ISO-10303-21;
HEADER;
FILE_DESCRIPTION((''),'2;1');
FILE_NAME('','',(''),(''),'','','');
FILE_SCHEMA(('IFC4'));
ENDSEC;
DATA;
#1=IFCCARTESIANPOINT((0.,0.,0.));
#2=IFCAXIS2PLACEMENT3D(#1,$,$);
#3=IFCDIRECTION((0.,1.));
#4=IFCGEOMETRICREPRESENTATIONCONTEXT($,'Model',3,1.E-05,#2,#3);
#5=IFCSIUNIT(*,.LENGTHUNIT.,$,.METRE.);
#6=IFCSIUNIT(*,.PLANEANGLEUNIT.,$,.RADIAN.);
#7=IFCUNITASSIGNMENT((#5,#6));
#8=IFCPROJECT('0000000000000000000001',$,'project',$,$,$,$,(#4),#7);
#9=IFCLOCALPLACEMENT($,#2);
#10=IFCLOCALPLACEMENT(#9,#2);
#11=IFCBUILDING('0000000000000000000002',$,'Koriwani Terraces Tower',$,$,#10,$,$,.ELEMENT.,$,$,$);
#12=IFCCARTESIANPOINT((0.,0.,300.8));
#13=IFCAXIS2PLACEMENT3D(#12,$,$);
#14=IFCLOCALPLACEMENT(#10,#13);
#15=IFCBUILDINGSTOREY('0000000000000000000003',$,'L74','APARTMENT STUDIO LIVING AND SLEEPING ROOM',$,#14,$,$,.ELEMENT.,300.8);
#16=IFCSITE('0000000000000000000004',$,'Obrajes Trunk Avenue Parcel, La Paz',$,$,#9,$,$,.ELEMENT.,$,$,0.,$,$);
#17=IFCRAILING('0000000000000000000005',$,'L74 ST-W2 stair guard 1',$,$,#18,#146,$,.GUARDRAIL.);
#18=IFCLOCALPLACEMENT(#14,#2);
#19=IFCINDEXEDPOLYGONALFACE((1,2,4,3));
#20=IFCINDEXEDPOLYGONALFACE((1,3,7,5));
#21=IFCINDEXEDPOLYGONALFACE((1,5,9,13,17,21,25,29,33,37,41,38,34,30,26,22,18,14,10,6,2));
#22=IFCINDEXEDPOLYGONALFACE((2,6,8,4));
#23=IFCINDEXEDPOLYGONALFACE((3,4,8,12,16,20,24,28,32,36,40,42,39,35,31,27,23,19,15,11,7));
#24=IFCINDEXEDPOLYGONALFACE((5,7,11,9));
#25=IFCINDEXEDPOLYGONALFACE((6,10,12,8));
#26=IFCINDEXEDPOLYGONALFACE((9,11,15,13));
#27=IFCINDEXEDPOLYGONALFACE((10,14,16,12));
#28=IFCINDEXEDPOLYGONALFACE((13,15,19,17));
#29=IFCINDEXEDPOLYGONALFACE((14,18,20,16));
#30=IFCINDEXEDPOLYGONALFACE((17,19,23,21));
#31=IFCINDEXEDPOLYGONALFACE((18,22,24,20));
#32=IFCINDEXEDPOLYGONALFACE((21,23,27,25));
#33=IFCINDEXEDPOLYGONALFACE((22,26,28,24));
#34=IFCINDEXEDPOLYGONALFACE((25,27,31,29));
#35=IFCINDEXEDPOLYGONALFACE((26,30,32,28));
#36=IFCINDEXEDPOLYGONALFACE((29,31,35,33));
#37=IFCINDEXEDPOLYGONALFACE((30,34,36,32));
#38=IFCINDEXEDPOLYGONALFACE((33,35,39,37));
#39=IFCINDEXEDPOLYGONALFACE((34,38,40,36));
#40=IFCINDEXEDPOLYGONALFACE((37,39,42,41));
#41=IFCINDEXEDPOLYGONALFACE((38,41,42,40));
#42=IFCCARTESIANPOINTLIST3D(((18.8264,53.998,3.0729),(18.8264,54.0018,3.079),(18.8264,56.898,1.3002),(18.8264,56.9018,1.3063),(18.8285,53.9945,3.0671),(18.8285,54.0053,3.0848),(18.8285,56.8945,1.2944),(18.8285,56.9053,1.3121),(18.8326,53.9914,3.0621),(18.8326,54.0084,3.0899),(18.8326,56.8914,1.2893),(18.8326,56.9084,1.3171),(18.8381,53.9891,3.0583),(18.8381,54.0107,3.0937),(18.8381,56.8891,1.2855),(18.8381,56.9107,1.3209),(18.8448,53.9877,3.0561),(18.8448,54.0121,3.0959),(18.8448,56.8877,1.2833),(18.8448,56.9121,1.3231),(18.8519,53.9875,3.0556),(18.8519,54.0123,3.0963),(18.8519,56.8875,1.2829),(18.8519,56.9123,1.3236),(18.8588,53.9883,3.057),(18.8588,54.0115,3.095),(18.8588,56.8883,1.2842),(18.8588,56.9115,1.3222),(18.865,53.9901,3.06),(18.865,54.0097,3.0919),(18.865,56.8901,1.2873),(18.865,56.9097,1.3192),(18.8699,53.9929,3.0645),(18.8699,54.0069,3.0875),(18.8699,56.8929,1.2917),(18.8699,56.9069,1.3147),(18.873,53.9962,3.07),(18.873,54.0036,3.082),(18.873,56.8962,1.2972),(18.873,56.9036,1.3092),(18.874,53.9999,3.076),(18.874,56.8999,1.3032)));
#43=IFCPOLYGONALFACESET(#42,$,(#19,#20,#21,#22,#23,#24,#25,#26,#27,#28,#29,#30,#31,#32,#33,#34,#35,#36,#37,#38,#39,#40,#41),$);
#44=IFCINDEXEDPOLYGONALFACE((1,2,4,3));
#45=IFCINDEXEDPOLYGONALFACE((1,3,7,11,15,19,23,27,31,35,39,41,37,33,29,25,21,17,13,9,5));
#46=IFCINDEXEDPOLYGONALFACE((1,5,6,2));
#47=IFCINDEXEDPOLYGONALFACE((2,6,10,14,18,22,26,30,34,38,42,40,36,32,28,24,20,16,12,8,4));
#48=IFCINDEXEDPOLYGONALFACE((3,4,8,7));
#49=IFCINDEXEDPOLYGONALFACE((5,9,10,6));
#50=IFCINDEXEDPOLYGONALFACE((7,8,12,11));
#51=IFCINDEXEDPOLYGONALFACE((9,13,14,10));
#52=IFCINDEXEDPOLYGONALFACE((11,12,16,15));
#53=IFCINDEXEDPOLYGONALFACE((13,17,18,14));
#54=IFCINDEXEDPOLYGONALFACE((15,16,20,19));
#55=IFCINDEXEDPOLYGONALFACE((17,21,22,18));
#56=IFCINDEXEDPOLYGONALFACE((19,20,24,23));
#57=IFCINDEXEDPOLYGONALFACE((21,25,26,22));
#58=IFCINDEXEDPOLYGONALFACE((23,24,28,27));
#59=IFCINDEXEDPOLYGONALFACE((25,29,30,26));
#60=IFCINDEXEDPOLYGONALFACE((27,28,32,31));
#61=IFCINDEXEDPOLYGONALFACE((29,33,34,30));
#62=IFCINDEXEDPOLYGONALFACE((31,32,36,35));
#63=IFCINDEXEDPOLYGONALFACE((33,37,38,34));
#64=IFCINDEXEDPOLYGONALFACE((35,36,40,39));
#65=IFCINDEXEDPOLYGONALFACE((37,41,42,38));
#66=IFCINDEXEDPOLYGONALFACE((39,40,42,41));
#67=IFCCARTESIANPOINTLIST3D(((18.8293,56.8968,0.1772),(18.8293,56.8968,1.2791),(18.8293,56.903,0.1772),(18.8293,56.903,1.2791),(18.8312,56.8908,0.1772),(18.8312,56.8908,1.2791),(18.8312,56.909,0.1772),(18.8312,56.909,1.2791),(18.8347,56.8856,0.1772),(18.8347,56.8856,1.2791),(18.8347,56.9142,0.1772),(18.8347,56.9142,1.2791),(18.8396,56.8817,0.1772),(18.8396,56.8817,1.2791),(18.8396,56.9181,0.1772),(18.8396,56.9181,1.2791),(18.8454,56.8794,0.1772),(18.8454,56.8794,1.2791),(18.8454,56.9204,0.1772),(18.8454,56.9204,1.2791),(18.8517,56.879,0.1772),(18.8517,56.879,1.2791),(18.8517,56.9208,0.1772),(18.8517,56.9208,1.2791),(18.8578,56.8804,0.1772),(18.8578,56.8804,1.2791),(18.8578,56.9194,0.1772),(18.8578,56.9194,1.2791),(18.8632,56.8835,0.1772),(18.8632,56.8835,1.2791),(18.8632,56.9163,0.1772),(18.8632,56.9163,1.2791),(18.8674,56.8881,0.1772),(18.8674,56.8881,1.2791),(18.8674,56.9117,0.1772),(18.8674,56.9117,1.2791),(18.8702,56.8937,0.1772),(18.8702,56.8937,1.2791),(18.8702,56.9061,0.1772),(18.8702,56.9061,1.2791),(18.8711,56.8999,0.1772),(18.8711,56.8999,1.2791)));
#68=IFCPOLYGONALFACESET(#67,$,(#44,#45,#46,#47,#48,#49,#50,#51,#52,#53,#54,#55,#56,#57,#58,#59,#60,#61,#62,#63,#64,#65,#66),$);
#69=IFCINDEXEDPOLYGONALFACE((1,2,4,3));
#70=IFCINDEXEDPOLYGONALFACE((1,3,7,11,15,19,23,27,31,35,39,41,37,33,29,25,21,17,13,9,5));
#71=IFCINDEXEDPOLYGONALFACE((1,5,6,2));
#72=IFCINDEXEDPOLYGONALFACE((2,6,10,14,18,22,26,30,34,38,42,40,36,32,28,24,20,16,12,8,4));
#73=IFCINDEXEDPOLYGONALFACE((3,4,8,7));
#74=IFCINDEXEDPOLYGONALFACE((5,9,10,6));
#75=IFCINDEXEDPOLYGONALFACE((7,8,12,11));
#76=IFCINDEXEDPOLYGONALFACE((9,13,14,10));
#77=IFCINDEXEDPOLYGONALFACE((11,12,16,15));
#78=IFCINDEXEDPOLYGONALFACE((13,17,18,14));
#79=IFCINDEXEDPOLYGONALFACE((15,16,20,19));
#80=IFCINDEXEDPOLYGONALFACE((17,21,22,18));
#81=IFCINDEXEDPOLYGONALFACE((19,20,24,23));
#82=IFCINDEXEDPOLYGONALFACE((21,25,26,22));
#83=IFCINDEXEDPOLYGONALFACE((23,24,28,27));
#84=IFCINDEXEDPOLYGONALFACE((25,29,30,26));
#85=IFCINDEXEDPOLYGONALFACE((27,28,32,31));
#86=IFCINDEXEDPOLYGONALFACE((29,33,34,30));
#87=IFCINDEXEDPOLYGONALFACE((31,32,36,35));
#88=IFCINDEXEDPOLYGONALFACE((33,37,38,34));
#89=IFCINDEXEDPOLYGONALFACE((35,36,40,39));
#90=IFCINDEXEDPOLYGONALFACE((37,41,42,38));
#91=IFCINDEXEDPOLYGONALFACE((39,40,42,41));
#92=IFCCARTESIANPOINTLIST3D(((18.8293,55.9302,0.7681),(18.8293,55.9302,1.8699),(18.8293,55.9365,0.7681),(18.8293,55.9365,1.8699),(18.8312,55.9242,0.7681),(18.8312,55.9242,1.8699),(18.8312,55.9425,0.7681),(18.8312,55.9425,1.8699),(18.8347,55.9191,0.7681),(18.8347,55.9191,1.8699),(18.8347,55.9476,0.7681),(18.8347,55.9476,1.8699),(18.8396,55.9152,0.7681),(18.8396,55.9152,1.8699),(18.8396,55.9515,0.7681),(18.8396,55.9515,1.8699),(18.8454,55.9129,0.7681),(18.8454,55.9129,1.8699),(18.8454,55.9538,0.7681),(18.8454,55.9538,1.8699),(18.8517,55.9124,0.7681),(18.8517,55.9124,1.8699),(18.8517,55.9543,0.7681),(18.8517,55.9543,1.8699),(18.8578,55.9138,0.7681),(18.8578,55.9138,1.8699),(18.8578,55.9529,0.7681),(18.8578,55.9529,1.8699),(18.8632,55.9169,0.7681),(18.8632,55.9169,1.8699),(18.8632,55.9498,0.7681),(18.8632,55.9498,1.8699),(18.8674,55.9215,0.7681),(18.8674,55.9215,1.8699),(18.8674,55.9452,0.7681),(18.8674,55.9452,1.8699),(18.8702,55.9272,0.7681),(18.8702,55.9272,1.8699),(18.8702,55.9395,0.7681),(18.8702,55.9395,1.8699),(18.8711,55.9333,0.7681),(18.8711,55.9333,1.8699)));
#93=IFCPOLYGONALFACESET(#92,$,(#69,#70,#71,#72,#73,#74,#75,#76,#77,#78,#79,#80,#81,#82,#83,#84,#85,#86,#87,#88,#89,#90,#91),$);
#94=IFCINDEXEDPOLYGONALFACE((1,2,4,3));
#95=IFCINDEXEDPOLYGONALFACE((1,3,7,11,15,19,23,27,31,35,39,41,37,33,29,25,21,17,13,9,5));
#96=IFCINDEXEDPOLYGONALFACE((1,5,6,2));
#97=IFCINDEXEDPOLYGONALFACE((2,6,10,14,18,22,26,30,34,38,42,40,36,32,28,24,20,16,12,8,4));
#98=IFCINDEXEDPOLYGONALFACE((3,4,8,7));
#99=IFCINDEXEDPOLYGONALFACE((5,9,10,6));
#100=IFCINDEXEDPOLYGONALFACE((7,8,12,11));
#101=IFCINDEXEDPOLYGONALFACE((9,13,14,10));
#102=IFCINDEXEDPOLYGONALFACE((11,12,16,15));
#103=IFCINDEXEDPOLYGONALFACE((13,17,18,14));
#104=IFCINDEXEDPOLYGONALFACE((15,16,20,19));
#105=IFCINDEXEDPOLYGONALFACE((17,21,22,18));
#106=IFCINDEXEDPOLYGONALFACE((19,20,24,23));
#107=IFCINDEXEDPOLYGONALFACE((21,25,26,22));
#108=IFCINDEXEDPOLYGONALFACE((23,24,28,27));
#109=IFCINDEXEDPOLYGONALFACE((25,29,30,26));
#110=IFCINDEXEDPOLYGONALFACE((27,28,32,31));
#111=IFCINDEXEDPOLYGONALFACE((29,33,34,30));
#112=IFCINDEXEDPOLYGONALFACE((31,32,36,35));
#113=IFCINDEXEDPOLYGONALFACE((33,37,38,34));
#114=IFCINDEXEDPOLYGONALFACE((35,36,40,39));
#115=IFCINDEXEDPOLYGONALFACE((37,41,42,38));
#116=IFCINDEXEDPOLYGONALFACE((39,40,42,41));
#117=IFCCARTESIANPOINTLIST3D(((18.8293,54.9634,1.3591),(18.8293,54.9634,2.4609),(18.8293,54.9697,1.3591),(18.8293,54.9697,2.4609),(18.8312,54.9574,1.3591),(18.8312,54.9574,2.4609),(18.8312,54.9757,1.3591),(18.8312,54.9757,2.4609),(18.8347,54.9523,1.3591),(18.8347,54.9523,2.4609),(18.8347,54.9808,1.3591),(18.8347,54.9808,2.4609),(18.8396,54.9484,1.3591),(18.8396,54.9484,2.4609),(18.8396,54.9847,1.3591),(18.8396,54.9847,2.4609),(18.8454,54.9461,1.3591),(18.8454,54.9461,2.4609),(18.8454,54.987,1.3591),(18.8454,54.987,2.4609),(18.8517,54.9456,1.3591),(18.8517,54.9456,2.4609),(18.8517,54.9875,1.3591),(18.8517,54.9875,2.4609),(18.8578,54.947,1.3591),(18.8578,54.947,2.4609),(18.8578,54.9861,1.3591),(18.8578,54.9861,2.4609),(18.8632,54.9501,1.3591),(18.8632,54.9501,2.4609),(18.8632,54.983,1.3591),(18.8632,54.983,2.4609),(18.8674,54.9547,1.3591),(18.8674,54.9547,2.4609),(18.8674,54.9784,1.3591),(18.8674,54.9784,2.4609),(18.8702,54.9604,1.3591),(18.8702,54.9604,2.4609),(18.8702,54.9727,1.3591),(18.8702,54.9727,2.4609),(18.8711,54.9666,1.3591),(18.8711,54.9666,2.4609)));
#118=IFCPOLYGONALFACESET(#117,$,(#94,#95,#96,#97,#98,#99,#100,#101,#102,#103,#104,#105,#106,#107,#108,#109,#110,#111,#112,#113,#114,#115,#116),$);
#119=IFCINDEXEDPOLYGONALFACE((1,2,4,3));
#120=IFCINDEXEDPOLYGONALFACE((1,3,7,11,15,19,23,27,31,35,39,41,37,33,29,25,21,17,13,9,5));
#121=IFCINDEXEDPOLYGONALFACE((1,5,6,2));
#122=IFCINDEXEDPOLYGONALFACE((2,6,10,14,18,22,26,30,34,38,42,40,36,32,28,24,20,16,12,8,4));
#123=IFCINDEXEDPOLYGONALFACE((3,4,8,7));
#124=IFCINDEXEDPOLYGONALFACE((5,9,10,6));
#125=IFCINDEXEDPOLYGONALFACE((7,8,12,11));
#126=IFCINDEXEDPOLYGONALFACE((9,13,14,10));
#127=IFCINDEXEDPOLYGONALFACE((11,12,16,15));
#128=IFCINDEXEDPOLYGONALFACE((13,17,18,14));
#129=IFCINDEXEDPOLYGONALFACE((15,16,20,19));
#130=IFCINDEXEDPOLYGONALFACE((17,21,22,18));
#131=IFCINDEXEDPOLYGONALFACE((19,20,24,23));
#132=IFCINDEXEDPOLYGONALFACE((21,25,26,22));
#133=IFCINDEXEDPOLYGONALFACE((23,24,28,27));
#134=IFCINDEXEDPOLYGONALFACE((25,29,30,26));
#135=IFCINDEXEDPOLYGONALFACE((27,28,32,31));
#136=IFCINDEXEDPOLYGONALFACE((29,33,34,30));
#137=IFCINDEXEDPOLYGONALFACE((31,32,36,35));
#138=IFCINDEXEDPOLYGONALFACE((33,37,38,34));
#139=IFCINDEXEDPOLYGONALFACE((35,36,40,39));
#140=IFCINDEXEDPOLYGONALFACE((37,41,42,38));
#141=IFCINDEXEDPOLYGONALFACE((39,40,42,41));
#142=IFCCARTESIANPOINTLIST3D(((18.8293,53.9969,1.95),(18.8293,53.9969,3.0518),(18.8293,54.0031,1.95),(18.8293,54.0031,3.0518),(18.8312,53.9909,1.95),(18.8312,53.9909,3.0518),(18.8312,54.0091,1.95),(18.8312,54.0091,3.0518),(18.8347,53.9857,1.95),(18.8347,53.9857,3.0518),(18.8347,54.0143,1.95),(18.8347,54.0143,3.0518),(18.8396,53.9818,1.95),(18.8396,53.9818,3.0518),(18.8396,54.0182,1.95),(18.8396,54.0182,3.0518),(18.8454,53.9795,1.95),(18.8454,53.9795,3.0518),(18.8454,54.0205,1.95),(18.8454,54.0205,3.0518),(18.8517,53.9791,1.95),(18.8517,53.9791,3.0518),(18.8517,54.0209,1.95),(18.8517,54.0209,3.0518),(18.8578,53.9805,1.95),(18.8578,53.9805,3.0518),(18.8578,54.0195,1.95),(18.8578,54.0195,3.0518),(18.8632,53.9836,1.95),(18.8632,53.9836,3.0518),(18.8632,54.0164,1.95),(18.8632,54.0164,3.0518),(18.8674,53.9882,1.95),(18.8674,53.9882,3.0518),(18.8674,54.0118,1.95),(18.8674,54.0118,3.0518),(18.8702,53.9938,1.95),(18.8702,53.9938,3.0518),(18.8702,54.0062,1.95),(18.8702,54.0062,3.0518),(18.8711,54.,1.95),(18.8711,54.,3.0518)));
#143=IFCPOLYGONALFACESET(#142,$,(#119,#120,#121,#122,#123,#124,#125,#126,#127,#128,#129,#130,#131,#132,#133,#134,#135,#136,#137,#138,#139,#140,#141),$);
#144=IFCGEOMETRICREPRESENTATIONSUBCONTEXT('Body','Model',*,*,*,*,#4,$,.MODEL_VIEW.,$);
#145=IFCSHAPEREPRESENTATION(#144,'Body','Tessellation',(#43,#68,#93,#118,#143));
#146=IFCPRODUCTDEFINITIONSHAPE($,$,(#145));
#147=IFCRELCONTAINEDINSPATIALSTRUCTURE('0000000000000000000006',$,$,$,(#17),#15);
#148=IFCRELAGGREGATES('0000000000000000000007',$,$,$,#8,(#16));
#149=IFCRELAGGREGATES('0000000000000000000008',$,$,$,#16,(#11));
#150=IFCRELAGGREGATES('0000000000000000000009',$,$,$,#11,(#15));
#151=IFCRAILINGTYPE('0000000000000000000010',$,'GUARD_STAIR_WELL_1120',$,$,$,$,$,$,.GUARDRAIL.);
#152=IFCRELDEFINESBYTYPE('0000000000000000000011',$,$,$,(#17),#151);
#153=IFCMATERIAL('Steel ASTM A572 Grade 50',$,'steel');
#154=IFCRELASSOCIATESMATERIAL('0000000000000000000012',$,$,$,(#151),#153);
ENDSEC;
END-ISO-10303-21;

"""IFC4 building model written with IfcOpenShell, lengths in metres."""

from ifc_helpers import new_model, si_unit, direction, frame, origin, origin_2d, place, context, subcontext, project, spatial, circle, extrude, material, type_object, element, save


model = new_model("IFC4")

# Units and contexts
model_context = context("Model", 3, precision=1e-05, world=origin(), true_north=direction((0.0, 1.0)))
body_context = subcontext(model_context, "Body", "Model", "MODEL_VIEW")
ifc_project = project(units=[si_unit("LENGTHUNIT", "METRE"), si_unit("PLANEANGLEUNIT", "RADIAN")], contexts=[model_context])

# Site, building, storey
site_placement = place(None, origin())
site = spatial("IfcSite", under=ifc_project, at=site_placement, Name="Obrajes Trunk Avenue Parcel, La Paz", CompositionType="ELEMENT", RefElevation=0.0)
building_placement = place(site_placement, origin())
building = spatial("IfcBuilding", under=site, at=building_placement, Name="Koriwani Terraces Tower", CompositionType="ELEMENT")
storey_placement = place(building_placement, frame((0.0, 0.0, 300.8)))
storey = spatial("IfcBuildingStorey", under=building, at=storey_placement, Name="L74", Description="APARTMENT STUDIO LIVING AND SLEEPING ROOM", CompositionType="ELEMENT", Elevation=300.8)

# Shared definitions
ifc_material_1 = material(Name="Steel ASTM A572 Grade 50", Category="steel")

# Railing
railing_type_1 = type_object("IfcRailingType", Name="GUARD_STAIR_WELL_1120", PredefinedType="GUARDRAIL", material=ifc_material_1)
for number, where, name in (
    (1, (18.8501, 56.8999, 0.1772), "L74 ST-W2 stair guard 1"),
):
    element("IfcRailing", number, at=place(storey_placement, frame(where)), inside=storey, type_object=railing_type_1, Name=name, PredefinedType="GUARDRAIL", context=body_context, shape_type="SweptSolid", body=[
        extrude(circle(Radius=0.0239, at=origin_2d()), frame((0.0, 0.0, 1.126), z_axis=(0.0, -0.853211, 0.521566), x_axis=(1.0, 0.0, 0.0)), (0.0, 0.0, 1.0), 3.3989),
        extrude(circle(Radius=0.021, at=origin_2d()), origin(), (0.0, 0.0, 1.0), 1.1018),
        extrude(circle(Radius=0.021, at=origin_2d()), frame((0.0, -0.9666, 0.5908)), (0.0, 0.0, 1.0), 1.1018),
        extrude(circle(Radius=0.021, at=origin_2d()), frame((0.0, -1.9333, 1.1819)), (0.0, 0.0, 1.0), 1.1018),
        extrude(circle(Radius=0.021, at=origin_2d()), frame((0.0, -2.8999, 1.7727)), (0.0, 0.0, 1.0), 1.1018),
    ])

save(model, "model.ifc")
